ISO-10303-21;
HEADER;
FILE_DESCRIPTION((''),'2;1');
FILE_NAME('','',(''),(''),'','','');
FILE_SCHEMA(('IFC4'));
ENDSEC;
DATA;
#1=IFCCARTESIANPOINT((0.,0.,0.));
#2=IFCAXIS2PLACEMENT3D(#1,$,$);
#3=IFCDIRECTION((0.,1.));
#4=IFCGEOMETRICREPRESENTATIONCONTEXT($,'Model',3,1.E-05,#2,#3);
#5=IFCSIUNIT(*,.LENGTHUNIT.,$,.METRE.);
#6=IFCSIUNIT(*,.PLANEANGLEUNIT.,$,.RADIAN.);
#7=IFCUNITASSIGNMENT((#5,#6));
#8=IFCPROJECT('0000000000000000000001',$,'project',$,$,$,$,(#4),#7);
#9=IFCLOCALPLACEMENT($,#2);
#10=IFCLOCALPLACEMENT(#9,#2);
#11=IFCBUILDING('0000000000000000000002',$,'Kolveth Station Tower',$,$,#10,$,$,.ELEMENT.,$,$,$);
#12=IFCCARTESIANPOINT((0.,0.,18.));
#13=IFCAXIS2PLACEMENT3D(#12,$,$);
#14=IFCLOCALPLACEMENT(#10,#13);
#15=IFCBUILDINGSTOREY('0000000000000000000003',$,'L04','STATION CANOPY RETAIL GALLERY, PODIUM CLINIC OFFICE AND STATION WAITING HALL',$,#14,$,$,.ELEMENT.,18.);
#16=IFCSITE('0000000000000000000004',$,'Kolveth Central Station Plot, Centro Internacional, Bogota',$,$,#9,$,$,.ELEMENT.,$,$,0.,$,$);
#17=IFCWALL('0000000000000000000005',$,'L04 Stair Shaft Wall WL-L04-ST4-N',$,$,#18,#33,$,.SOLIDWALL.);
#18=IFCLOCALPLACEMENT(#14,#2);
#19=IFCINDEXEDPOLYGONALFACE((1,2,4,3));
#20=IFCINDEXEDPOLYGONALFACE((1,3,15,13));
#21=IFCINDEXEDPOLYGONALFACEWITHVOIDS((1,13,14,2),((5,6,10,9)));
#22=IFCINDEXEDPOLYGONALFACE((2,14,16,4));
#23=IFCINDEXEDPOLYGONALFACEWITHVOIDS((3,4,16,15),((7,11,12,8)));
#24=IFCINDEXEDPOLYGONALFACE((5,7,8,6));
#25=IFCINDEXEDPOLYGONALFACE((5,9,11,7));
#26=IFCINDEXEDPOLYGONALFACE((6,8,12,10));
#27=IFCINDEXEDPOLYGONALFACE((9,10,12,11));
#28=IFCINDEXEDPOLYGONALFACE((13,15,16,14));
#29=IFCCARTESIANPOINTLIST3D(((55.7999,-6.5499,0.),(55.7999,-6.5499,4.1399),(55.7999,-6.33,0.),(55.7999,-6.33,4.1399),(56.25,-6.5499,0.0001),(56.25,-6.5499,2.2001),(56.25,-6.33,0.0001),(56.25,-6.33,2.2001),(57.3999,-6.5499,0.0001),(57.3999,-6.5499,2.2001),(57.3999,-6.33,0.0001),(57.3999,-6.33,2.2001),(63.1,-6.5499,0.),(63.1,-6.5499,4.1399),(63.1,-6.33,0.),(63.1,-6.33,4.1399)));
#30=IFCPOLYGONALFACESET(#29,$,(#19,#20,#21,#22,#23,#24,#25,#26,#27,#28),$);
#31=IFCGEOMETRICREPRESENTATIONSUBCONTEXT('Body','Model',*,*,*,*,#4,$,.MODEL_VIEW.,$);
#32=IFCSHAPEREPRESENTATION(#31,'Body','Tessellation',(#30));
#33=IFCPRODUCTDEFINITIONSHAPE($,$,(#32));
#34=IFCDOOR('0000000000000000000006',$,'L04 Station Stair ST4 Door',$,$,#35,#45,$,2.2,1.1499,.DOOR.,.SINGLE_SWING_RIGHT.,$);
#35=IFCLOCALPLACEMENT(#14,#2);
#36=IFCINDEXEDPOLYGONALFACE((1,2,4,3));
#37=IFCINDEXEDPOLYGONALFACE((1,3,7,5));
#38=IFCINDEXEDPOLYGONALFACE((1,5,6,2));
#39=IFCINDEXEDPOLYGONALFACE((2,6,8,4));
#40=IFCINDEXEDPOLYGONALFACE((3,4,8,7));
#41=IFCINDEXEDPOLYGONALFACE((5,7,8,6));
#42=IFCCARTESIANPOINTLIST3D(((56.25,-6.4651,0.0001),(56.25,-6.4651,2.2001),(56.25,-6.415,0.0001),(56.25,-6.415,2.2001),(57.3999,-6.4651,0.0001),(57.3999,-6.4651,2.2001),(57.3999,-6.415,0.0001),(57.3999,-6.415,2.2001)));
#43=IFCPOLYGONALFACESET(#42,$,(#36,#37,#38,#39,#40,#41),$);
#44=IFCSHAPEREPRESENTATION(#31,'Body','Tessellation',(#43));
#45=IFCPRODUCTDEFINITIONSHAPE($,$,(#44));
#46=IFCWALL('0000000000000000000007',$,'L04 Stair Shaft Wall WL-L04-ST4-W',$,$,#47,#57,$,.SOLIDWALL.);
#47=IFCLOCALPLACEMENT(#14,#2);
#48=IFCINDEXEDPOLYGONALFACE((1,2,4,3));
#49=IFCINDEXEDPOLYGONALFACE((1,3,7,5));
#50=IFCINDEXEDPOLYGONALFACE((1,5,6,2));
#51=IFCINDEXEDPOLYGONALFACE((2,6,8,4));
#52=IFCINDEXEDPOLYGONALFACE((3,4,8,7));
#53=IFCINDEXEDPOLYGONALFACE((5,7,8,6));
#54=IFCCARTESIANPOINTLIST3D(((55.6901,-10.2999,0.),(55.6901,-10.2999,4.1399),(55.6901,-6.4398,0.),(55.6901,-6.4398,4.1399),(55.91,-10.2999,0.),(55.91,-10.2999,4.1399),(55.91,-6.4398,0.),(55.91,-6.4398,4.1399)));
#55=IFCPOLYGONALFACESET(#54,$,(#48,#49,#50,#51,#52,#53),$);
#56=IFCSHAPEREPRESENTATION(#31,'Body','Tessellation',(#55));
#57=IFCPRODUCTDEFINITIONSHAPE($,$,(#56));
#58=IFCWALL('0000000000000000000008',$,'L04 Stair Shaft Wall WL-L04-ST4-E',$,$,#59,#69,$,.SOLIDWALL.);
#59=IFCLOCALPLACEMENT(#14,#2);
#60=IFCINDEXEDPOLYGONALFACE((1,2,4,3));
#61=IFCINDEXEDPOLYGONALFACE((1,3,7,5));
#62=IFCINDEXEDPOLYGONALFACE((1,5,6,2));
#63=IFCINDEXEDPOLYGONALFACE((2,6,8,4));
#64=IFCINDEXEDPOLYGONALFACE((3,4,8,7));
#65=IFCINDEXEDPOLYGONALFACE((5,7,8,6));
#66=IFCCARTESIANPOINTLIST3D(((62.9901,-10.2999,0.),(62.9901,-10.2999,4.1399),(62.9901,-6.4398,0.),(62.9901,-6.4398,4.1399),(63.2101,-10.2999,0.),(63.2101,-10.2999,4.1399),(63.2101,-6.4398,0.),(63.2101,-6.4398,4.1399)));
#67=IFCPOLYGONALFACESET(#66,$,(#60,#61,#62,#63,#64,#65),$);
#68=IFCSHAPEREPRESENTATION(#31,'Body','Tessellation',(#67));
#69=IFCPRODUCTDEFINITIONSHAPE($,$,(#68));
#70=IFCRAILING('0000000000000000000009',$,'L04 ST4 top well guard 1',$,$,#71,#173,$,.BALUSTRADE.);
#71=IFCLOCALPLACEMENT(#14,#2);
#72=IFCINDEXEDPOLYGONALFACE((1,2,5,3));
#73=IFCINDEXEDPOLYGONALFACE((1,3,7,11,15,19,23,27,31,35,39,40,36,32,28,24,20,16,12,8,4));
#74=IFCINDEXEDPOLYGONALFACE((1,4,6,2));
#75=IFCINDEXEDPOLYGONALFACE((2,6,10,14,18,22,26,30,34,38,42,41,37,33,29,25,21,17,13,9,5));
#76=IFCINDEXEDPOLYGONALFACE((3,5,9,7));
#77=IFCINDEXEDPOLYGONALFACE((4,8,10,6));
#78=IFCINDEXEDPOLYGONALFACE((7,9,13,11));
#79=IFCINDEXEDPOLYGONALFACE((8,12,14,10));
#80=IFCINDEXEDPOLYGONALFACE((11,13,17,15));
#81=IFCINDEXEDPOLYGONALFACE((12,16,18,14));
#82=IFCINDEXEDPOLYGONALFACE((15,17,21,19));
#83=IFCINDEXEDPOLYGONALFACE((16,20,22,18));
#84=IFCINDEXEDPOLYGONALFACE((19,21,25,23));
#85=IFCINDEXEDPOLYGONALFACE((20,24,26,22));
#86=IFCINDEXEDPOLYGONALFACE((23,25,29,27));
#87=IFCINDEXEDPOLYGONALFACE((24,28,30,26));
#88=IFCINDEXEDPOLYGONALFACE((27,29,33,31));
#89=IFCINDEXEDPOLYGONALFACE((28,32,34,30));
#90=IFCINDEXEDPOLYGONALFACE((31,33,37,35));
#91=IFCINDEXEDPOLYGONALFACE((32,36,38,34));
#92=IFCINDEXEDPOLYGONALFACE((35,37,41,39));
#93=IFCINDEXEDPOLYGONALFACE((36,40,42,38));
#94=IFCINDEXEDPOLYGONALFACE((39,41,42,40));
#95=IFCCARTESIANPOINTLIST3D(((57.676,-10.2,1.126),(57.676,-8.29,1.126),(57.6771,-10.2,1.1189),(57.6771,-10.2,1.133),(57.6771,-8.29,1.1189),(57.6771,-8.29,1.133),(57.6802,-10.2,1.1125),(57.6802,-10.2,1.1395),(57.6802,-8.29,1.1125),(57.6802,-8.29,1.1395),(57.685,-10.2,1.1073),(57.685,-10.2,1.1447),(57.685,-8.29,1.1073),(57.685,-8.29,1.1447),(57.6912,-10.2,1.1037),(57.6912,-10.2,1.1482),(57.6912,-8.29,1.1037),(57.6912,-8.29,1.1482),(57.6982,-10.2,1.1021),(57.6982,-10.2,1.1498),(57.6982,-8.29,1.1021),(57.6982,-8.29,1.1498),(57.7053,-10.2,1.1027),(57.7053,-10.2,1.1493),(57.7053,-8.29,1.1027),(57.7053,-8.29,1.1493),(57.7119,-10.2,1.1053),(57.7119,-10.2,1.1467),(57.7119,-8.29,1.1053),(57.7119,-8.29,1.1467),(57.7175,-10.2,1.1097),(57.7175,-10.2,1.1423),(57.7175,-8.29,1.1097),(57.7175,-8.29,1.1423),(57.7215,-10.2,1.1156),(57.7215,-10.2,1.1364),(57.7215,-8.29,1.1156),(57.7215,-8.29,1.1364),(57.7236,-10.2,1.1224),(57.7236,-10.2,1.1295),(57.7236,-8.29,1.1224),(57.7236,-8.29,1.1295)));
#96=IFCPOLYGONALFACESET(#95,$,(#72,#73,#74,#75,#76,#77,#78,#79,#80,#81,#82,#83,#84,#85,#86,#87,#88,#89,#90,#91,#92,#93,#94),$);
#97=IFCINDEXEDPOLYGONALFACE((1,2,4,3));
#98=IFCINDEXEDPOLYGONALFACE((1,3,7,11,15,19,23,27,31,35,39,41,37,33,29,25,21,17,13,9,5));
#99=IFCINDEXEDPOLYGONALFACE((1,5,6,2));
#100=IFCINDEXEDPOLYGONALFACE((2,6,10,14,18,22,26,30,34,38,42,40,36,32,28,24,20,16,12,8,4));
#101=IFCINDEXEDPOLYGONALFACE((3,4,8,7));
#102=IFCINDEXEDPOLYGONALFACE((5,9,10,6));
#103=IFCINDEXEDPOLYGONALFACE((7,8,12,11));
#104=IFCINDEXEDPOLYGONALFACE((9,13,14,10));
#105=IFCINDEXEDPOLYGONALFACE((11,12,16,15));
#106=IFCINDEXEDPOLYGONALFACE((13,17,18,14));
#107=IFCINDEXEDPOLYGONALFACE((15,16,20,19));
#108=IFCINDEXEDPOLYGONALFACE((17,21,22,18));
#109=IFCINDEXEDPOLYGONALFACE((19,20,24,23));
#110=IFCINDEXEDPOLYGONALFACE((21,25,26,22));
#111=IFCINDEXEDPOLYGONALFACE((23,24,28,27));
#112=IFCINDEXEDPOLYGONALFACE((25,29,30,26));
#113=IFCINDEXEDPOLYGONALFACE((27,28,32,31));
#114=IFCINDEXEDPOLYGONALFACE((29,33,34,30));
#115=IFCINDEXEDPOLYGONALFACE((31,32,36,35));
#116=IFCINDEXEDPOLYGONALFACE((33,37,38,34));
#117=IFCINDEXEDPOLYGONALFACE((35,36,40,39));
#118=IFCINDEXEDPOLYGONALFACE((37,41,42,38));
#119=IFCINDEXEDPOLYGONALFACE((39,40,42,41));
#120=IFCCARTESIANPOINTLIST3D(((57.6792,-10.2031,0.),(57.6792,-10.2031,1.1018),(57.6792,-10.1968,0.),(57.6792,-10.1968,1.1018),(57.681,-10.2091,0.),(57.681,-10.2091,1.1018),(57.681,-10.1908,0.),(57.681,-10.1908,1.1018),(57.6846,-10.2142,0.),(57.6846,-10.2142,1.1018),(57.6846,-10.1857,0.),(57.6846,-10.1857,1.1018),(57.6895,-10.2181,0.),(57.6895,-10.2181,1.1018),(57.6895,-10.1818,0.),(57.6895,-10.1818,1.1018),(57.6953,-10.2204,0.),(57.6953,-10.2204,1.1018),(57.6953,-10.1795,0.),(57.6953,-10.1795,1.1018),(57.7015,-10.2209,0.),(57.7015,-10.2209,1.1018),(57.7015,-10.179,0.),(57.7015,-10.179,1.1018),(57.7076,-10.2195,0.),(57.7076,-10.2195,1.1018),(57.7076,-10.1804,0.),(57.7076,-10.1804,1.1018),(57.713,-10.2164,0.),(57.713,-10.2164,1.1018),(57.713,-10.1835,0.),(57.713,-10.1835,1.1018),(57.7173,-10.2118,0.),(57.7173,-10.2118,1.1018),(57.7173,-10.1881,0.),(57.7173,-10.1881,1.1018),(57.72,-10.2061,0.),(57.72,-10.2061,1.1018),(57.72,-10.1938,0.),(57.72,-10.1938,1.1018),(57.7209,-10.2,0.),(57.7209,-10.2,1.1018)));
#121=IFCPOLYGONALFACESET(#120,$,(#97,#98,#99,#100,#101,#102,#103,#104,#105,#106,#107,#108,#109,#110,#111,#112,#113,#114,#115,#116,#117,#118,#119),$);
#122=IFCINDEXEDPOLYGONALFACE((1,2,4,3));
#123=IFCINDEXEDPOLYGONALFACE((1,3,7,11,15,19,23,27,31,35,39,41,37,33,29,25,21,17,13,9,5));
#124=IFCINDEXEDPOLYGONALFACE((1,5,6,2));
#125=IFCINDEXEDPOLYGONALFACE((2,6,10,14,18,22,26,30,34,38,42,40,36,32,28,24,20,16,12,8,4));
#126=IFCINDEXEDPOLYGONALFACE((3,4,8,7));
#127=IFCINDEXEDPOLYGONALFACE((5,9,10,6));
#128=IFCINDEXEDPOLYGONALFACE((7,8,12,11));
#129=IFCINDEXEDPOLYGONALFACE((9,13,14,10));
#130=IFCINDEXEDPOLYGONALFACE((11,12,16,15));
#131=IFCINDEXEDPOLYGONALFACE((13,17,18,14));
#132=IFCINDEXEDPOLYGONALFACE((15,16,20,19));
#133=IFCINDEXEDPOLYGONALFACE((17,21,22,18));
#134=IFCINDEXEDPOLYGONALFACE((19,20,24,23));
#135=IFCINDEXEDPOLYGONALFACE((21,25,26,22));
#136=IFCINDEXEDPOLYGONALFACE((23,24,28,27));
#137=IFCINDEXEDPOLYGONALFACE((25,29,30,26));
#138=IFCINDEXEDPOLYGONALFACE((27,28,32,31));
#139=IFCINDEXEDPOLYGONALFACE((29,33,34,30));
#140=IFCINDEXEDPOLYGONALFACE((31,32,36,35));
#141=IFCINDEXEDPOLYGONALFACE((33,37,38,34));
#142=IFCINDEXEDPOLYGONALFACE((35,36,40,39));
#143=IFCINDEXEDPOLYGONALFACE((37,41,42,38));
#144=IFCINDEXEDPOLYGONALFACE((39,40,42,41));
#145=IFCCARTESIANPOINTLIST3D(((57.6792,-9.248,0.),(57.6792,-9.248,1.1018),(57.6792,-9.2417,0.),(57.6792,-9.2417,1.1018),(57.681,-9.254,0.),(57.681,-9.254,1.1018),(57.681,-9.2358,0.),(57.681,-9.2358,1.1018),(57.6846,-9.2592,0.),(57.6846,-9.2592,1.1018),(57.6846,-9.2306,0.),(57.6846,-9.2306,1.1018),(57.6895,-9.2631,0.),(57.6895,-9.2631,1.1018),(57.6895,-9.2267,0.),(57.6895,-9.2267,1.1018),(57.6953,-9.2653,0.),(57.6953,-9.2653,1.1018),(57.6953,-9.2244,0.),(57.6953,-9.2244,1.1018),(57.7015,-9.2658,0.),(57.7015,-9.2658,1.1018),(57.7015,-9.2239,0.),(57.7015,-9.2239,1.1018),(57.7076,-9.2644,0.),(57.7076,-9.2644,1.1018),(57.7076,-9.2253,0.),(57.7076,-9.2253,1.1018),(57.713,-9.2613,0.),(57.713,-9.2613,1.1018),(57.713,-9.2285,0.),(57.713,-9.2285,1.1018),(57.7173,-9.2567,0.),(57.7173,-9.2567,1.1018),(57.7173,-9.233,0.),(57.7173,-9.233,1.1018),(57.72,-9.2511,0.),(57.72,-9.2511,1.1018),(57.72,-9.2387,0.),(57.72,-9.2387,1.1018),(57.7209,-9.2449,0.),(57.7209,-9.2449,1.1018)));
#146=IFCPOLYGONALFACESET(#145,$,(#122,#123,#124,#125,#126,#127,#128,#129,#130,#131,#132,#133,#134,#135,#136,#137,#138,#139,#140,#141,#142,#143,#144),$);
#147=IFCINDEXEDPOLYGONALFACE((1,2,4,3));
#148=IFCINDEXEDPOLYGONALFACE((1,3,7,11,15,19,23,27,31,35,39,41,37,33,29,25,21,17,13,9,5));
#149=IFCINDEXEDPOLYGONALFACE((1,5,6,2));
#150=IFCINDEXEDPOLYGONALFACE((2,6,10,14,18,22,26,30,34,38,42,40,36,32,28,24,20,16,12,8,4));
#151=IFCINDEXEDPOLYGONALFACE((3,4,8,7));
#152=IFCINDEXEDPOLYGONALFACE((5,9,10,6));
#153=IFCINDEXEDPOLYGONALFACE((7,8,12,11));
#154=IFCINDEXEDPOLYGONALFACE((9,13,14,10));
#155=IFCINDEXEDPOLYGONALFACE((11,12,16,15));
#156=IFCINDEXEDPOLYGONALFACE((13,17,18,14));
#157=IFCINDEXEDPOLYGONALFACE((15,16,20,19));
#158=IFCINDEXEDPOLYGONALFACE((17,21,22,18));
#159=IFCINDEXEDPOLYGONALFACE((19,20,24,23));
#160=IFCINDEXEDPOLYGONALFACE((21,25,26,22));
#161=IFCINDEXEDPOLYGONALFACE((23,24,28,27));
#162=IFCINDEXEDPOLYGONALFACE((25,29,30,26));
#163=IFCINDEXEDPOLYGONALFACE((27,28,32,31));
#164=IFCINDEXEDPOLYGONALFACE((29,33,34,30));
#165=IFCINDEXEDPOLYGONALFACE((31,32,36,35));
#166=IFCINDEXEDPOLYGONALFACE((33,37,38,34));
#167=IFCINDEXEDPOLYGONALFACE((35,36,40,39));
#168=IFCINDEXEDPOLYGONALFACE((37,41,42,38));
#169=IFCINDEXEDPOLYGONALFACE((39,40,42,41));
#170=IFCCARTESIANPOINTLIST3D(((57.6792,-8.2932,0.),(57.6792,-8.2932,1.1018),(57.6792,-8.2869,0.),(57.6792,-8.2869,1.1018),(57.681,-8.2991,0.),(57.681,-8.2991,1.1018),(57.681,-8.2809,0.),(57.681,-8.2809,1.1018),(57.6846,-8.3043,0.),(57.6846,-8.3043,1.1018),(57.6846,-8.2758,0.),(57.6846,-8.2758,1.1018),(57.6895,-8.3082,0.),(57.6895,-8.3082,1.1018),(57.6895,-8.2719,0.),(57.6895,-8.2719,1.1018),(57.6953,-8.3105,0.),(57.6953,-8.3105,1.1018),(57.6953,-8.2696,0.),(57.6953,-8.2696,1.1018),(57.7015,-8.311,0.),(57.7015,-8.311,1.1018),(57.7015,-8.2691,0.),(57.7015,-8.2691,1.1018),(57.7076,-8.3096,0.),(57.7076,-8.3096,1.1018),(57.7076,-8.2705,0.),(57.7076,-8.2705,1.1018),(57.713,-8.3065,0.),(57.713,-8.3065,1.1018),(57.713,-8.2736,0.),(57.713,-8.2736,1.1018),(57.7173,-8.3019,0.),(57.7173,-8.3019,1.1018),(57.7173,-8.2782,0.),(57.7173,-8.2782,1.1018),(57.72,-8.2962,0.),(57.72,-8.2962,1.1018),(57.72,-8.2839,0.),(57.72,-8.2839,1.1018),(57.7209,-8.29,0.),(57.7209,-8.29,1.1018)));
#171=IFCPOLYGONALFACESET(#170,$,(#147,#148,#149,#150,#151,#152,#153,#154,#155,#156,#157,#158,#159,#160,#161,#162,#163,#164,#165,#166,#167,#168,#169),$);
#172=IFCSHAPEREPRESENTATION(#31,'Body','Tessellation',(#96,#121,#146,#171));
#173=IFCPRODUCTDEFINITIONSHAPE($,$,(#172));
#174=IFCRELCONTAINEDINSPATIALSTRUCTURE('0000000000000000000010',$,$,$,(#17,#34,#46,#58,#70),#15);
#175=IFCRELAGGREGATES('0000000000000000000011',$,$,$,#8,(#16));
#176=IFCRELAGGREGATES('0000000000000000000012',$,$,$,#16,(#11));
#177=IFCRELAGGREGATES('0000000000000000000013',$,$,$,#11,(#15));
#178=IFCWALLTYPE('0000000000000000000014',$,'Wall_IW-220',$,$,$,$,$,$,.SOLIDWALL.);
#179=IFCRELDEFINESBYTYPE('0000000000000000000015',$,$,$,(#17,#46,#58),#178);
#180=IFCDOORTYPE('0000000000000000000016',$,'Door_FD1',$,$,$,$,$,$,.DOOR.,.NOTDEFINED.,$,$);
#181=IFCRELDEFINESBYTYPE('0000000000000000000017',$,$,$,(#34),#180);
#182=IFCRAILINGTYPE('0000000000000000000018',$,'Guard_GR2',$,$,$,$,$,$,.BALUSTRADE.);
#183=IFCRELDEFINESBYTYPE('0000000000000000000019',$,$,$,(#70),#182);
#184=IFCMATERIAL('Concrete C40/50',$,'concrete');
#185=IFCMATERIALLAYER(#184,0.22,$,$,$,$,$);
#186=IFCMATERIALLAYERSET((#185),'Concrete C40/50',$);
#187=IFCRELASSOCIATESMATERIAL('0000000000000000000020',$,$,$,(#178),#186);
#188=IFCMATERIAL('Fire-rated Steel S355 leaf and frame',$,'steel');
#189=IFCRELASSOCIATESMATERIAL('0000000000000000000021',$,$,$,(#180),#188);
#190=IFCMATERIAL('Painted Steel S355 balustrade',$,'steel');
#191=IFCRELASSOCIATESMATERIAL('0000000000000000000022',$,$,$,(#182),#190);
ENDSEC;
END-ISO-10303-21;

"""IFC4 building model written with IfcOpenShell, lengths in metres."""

from ifc_helpers import new_model, si_unit, direction, frame, frame_2d, origin, origin_2d, place, context, subcontext, project, spatial, rectangle, circle, extrude, material, layer, layer_set, type_object, element, fill, save


model = new_model("IFC4")

# Units and contexts
model_context = context("Model", 3, precision=1e-05, world=origin(), true_north=direction((0.0, 1.0)))
body_context = subcontext(model_context, "Body", "Model", "MODEL_VIEW")
ifc_project = project(units=[si_unit("LENGTHUNIT", "METRE"), si_unit("PLANEANGLEUNIT", "RADIAN")], contexts=[model_context])

# Site, building, storey
site_placement = place(None, origin())
site = spatial("IfcSite", under=ifc_project, at=site_placement, Name="Kolveth Central Station Plot, Centro Internacional, Bogota", CompositionType="ELEMENT", RefElevation=0.0)
building_placement = place(site_placement, origin())
building = spatial("IfcBuilding", under=site, at=building_placement, Name="Kolveth Station Tower", CompositionType="ELEMENT")
storey_placement = place(building_placement, frame((0.0, 0.0, 18.0)))
storey = spatial("IfcBuildingStorey", under=building, at=storey_placement, Name="L04", Description="STATION CANOPY RETAIL GALLERY, PODIUM CLINIC OFFICE AND STATION WAITING HALL", CompositionType="ELEMENT", Elevation=18.0)

# Shared definitions
ifc_material_1 = material(Name="Concrete C40/50", Category="concrete")
ifc_layer_1 = layer(ifc_material_1, 0.22)
ifc_layer_set_1 = layer_set([ifc_layer_1], Name="Concrete C40/50")
wall_type_1 = type_object("IfcWallType", Name="Wall_IW-220", PredefinedType="SOLIDWALL", material=ifc_layer_set_1)

# Wall, opening, door
wall_1_placement = place(storey_placement, frame((55.8, -6.4399, 0.0), z_axis=(0.0, 0.0, 1.0), x_axis=(1.0, 0.0, 0.0)))
wall_1 = element("IfcWall", 1, at=wall_1_placement, inside=storey, type_object=wall_type_1, Name="L04 Stair Shaft Wall WL-L04-ST4-N", PredefinedType="SOLIDWALL", context=body_context, shape_type="SweptSolid", body=[
    extrude(rectangle(XDim=7.3, YDim=0.22, at=frame_2d((3.6499, 0.0))), origin(), (0.0, 0.0, 1.0), 4.1399),
])
opening_1_placement = place(wall_1_placement, frame((0.45, 0.0, 0.0)))
opening_1 = element("IfcOpeningElement", 2, at=opening_1_placement, cuts=wall_1, PredefinedType="OPENING", context=body_context, shape_type="SweptSolid", body=[
    extrude(rectangle(XDim=1.1499, YDim=2.2, at=frame_2d((0.575, 1.1001))), frame((0.0, 0.1199, 0.0), z_axis=(0.0, -1.0, 0.0), x_axis=(1.0, 0.0, 0.0)), (0.0, 0.0, 1.0), 0.24),
])
ifc_material_2 = material(Name="Fire-rated Steel S355 leaf and frame", Category="steel")
door_type_1 = type_object("IfcDoorType", Name="Door_FD1", OperationType="NOTDEFINED", PredefinedType="DOOR", material=ifc_material_2)
door_1_placement = place(opening_1_placement, origin())
door_1 = element("IfcDoor", 3, at=door_1_placement, inside=storey, type_object=door_type_1, Name="L04 Station Stair ST4 Door", OperationType="SINGLE_SWING_RIGHT", OverallHeight=2.2, OverallWidth=1.1499, PredefinedType="DOOR", context=body_context, shape_type="SweptSolid", body=[
    extrude(rectangle(XDim=1.1499, YDim=2.2, at=frame_2d((0.575, 1.1001))), frame((0.0, 0.0249, 0.0), z_axis=(0.0, -1.0, 0.0), x_axis=(1.0, 0.0, 0.0)), (0.0, 0.0, 1.0), 0.05),
])
fill(opening_1, door_1)

# Walls
for number, where, z_axis, x_axis, name in (
    (4, (55.8, -10.3, 0.0), (0.0, 0.0, 1.0), (0.0, 1.0, 0.0), "L04 Stair Shaft Wall WL-L04-ST4-W"),
    (5, (63.1001, -10.3, 0.0), (0.0, 0.0, 1.0), (0.0, 1.0, 0.0), "L04 Stair Shaft Wall WL-L04-ST4-E"),
):
    element("IfcWall", number, at=place(storey_placement, frame(where, z_axis=z_axis, x_axis=x_axis)), inside=storey, type_object=wall_type_1, Name=name, PredefinedType="SOLIDWALL", context=body_context, shape_type="SweptSolid", body=[
        extrude(rectangle(XDim=3.8601, YDim=0.22, at=frame_2d((1.9302, 0.0))), origin(), (0.0, 0.0, 1.0), 4.1399),
    ])

# Railing
ifc_material_3 = material(Name="Painted Steel S355 balustrade", Category="steel")
railing_type = type_object("IfcRailingType", Name="Guard_GR2", PredefinedType="BALUSTRADE", material=ifc_material_3)
railing_placement = place(storey_placement, frame((57.7, -10.2, 0.0)))
element("IfcRailing", 6, at=railing_placement, inside=storey, type_object=railing_type, Name="L04 ST4 top well guard 1", PredefinedType="BALUSTRADE", context=body_context, shape_type="SweptSolid", body=[
    extrude(circle(Radius=0.0239, at=origin_2d()), frame((0.0, 0.0, 1.126), z_axis=(0.0, 1.0, 0.0), x_axis=(-1.0, 0.0, 0.0)), (0.0, 0.0, 1.0), 1.9099),
    extrude(circle(Radius=0.021, at=origin_2d()), origin(), (0.0, 0.0, 1.0), 1.1018),
    extrude(circle(Radius=0.021, at=origin_2d()), frame((0.0, 0.9551, 0.0)), (0.0, 0.0, 1.0), 1.1018),
    extrude(circle(Radius=0.021, at=origin_2d()), frame((0.0, 1.9099, 0.0)), (0.0, 0.0, 1.0), 1.1018),
])

save(model, "model.ifc")
